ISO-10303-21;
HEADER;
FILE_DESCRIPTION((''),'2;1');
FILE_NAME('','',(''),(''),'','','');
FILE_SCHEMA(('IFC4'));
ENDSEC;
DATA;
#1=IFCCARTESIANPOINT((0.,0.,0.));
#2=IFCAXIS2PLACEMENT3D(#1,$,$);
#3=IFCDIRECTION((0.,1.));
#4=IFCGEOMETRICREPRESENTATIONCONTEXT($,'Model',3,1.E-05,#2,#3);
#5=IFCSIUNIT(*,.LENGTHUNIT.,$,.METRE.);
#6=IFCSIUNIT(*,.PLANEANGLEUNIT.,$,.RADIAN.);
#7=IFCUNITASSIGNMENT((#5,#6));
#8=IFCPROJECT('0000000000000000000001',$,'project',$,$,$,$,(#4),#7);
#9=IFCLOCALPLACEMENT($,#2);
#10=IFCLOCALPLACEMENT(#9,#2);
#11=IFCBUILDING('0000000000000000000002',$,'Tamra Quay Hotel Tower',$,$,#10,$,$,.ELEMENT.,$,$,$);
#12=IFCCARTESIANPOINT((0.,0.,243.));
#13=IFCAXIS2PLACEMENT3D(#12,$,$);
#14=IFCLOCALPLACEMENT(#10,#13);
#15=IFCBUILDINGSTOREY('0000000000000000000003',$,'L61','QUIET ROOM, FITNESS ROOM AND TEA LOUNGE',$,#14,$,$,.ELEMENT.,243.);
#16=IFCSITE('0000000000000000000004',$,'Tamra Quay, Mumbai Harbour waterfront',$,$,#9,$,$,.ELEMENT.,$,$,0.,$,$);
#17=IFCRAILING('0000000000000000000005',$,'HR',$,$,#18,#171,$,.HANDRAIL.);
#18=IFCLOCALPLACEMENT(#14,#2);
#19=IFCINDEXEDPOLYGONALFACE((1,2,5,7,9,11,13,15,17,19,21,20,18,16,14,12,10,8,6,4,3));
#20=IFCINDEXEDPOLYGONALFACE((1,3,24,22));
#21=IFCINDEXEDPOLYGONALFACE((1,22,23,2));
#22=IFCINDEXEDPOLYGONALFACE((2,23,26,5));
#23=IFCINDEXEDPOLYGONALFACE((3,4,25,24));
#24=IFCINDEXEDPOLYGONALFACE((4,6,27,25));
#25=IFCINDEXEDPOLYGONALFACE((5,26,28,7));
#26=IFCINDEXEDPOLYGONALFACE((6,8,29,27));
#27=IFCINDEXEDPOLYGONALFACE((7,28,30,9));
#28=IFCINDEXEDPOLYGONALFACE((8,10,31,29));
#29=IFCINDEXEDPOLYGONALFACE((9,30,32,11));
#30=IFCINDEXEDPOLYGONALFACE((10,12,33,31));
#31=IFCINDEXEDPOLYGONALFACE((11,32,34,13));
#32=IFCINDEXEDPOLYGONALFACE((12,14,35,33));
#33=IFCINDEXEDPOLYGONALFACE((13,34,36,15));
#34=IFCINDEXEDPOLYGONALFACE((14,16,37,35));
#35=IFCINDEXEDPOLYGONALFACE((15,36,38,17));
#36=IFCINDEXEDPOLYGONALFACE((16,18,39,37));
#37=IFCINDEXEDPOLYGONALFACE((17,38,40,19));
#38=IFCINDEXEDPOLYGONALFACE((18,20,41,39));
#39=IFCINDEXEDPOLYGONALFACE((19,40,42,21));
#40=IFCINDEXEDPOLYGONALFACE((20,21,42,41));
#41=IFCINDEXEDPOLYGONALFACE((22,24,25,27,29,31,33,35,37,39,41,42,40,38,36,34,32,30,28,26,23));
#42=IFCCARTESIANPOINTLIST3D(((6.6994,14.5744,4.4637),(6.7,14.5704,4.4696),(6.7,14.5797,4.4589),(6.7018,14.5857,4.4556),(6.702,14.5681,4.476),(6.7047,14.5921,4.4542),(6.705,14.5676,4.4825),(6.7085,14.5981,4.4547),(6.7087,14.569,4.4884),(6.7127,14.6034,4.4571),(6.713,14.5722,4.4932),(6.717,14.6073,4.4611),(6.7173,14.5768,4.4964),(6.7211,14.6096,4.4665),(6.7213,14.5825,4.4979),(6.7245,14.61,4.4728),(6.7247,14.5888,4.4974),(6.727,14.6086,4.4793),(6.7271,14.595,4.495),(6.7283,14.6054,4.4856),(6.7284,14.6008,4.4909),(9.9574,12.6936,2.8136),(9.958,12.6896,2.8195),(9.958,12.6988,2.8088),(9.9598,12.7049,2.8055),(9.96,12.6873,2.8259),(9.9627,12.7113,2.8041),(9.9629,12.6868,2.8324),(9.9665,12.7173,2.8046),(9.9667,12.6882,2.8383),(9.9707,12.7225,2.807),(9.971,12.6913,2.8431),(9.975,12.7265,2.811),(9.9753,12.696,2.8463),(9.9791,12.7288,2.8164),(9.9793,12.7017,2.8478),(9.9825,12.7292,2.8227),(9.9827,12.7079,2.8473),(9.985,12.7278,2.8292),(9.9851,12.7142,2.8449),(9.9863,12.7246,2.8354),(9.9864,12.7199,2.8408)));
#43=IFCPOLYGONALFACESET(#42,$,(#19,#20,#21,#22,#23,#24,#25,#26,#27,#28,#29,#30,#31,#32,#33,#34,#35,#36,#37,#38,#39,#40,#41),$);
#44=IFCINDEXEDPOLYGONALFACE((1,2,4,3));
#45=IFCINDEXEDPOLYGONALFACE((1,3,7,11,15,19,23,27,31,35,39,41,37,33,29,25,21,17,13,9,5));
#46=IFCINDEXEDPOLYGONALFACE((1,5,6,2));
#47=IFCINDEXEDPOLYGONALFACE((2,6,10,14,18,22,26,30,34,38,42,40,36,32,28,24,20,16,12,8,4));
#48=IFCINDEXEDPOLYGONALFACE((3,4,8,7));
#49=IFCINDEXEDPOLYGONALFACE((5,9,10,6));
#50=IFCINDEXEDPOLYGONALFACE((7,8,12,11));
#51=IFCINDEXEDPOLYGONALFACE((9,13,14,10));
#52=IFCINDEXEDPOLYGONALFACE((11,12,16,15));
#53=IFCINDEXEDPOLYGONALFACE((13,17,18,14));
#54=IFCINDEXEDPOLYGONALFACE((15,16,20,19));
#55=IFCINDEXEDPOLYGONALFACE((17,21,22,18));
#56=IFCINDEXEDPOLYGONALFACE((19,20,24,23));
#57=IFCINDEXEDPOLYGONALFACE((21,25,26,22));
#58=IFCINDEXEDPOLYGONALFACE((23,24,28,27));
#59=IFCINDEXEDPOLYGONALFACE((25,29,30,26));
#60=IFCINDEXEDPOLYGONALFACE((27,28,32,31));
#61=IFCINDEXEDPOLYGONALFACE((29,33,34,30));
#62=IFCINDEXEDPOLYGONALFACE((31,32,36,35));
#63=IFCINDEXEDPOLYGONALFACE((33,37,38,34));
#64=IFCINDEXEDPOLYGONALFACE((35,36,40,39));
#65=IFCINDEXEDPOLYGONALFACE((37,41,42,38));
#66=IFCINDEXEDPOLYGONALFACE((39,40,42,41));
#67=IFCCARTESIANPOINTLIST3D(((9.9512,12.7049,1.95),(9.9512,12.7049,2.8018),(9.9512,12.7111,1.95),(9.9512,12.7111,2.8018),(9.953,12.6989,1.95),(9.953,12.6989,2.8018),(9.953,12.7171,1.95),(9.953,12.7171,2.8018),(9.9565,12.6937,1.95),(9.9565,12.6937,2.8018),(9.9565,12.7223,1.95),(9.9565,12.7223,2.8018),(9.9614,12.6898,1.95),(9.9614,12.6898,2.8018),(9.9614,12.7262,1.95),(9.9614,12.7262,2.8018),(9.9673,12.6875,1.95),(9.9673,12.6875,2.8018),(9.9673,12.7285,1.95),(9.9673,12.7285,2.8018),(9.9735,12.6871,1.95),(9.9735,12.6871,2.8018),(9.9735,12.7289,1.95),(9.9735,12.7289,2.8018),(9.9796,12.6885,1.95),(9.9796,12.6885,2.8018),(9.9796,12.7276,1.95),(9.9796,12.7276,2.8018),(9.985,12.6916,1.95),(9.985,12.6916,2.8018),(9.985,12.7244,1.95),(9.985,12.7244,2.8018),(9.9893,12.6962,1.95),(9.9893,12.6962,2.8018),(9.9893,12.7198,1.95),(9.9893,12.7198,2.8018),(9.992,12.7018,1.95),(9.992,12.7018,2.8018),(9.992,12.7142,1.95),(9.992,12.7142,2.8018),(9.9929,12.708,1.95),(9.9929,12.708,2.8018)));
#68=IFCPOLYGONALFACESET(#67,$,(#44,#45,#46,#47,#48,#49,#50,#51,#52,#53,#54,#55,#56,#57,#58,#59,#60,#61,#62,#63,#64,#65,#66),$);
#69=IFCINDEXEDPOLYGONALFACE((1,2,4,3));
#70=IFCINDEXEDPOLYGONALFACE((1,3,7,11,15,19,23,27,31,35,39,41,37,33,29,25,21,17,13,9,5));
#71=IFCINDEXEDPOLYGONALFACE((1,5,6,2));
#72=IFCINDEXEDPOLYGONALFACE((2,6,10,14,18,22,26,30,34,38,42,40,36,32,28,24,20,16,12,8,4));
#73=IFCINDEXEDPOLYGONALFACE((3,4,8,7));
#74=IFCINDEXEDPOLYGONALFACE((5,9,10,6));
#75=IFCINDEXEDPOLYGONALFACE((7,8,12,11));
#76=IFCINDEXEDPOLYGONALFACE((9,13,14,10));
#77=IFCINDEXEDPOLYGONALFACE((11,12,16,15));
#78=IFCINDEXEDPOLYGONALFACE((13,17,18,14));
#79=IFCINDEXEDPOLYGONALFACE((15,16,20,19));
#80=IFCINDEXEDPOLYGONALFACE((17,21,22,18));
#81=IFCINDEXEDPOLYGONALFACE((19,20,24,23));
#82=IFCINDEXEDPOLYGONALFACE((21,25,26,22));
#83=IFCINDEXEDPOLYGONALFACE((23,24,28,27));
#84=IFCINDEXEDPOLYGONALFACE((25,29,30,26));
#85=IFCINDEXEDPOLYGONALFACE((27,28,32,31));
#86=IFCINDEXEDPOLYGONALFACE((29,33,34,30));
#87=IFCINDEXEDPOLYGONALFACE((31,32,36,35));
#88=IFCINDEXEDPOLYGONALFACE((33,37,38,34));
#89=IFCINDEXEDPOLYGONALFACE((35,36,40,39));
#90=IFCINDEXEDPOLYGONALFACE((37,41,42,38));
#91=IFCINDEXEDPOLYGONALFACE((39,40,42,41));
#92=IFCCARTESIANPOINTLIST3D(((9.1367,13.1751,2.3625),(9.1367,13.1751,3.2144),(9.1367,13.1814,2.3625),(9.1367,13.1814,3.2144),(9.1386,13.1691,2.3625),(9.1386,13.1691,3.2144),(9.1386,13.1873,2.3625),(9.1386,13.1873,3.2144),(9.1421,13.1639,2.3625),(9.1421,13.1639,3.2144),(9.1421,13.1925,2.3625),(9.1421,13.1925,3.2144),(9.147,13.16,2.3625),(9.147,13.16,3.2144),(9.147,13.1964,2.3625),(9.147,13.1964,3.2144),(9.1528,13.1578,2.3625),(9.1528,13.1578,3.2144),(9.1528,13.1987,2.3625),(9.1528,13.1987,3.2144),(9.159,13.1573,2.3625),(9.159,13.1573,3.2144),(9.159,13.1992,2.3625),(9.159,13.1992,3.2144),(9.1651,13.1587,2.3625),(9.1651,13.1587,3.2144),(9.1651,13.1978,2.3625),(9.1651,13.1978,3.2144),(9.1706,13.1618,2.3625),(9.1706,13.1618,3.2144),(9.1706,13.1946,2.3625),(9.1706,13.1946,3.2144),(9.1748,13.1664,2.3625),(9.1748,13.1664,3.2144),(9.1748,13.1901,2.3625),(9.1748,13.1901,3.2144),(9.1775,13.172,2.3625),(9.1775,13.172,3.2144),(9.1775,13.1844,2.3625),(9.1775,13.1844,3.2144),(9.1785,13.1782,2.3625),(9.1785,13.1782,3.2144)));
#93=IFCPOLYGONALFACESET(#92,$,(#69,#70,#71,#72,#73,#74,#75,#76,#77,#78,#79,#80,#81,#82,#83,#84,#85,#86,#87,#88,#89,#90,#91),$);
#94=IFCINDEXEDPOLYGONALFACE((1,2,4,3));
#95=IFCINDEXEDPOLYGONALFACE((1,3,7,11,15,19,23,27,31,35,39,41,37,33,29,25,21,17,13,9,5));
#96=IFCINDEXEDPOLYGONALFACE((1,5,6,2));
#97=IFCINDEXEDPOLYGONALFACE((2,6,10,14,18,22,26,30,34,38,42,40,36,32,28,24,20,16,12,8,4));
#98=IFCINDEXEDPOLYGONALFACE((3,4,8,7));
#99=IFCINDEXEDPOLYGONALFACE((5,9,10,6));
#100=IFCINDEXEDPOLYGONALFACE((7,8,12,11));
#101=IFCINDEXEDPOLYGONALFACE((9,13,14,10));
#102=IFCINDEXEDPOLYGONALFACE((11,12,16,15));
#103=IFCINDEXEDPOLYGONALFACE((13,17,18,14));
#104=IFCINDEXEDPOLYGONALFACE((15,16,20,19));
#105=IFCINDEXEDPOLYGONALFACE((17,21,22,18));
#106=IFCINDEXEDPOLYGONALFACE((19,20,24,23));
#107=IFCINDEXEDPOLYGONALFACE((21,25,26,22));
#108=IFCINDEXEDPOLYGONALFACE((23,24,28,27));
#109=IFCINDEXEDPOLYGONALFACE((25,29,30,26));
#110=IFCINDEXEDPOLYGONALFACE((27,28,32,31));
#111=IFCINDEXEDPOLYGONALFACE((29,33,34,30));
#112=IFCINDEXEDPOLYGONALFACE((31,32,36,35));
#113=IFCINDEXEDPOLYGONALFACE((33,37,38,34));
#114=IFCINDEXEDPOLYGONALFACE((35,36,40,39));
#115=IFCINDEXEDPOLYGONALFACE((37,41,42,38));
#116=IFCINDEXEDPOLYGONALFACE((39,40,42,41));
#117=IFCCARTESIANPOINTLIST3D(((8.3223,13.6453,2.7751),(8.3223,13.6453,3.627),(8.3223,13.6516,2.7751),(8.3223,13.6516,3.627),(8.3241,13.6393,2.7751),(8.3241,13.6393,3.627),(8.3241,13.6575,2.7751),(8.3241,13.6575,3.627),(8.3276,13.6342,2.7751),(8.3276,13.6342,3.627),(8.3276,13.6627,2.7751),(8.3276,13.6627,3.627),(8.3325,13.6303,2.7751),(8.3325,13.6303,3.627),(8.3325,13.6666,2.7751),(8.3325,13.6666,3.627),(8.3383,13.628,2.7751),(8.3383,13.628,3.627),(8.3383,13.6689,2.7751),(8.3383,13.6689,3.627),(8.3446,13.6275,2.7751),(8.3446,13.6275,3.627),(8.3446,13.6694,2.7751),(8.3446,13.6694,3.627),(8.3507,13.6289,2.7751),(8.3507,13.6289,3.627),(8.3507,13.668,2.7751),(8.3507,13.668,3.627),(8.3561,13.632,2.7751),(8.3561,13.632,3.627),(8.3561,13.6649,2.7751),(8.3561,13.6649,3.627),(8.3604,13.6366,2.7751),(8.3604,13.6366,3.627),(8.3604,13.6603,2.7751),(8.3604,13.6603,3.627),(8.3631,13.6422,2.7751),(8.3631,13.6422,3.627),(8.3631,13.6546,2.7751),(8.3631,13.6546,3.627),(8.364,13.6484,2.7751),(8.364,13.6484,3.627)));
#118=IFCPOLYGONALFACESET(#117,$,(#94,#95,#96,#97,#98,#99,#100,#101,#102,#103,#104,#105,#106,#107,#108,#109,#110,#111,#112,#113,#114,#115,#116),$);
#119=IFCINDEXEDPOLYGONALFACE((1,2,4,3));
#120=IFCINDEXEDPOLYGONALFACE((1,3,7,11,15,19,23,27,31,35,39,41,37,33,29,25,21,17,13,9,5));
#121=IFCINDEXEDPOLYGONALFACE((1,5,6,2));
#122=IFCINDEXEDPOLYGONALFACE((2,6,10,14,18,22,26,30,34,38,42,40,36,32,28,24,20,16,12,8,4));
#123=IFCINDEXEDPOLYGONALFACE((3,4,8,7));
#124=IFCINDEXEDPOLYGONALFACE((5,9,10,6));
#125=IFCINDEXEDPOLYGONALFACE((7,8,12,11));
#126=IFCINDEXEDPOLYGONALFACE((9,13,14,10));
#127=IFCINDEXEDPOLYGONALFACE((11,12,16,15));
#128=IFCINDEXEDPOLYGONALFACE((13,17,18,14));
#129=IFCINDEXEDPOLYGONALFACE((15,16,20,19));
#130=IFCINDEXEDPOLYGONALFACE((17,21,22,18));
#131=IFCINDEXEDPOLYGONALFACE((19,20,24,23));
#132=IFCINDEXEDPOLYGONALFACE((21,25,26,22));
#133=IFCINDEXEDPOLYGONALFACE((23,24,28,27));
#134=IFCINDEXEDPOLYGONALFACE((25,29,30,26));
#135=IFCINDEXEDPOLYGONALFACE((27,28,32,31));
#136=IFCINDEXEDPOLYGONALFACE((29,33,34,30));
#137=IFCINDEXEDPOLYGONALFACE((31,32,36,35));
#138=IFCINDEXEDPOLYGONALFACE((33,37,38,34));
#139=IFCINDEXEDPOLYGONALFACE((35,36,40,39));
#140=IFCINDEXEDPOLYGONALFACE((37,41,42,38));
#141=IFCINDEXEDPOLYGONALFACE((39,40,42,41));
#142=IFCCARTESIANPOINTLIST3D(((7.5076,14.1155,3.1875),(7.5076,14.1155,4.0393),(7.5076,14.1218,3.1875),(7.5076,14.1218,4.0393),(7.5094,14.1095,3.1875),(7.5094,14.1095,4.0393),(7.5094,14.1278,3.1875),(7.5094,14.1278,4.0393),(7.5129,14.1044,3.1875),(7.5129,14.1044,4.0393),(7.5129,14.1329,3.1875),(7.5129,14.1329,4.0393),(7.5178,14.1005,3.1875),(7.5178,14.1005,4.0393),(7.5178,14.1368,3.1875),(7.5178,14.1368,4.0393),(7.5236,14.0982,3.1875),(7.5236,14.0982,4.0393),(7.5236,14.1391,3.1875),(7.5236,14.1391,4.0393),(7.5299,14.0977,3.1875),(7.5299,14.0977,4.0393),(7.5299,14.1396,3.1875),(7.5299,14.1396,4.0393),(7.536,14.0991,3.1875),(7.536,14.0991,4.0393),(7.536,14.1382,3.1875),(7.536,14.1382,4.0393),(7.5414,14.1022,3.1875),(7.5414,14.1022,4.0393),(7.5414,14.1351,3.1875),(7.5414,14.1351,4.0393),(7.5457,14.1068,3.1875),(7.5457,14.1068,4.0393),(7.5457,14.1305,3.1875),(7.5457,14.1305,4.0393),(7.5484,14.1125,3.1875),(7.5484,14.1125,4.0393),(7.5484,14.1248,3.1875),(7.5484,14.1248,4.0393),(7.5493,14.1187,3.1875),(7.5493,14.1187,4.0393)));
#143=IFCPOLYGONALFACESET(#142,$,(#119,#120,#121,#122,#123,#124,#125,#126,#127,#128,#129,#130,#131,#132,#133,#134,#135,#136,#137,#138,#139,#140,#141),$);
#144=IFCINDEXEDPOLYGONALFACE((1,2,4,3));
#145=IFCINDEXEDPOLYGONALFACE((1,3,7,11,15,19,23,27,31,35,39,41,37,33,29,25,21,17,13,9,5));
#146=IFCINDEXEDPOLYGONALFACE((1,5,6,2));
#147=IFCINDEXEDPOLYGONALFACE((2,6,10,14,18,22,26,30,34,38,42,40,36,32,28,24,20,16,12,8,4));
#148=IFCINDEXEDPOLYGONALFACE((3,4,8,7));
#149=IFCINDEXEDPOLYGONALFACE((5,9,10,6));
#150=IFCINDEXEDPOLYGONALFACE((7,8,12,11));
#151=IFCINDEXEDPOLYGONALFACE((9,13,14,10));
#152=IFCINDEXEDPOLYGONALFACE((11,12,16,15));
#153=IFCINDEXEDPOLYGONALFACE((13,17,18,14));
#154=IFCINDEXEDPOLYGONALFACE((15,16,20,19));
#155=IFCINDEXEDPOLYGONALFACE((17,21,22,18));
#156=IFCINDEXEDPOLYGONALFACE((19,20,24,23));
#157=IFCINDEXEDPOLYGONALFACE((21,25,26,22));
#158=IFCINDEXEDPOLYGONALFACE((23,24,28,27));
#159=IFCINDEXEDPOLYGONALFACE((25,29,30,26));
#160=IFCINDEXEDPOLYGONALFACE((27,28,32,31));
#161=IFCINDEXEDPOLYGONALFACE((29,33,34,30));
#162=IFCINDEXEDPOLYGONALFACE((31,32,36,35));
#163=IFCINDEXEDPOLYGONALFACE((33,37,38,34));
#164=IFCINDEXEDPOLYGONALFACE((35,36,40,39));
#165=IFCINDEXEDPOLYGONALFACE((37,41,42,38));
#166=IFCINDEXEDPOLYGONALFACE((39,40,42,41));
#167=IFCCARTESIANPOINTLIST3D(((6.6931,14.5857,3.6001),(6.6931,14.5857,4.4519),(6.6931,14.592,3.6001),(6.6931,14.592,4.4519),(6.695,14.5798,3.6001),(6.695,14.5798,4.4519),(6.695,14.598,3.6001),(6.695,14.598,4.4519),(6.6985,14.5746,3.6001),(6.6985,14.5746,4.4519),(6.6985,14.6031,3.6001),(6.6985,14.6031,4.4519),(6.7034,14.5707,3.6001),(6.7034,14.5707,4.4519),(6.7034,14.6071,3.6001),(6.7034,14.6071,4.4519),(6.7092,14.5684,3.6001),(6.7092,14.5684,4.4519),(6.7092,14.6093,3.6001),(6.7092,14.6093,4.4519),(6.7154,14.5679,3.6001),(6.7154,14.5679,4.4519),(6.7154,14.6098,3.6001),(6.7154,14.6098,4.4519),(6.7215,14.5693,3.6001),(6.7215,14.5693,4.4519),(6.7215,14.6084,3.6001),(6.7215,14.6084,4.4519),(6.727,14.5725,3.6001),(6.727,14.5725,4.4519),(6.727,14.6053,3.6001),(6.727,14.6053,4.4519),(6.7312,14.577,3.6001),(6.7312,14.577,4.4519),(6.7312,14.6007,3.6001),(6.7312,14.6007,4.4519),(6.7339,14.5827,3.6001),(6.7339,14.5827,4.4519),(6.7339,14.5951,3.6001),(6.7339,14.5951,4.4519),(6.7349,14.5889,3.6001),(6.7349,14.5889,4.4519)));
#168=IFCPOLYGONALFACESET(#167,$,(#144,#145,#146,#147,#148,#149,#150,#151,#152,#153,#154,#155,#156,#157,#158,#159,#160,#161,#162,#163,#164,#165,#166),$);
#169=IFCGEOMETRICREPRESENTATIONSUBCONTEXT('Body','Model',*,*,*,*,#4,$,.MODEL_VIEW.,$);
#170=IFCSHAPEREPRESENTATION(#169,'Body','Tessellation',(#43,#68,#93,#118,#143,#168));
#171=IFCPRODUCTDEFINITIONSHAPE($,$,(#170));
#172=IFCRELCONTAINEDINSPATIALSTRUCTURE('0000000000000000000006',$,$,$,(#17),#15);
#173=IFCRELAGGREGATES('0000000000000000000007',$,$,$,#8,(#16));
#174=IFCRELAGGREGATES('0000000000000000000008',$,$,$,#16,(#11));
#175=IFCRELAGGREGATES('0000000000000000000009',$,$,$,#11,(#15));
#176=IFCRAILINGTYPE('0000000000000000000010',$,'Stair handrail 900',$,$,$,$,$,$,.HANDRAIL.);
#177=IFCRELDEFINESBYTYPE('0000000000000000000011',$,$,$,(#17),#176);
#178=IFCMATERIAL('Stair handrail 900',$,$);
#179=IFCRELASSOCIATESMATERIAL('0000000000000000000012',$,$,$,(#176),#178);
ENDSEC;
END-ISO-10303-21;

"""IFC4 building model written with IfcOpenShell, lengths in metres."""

from ifc_helpers import new_model, si_unit, direction, frame, origin, origin_2d, place, context, subcontext, project, spatial, circle, extrude, material, type_object, element, save


model = new_model("IFC4")

# Units and contexts
model_context = context("Model", 3, precision=1e-05, world=origin(), true_north=direction((0.0, 1.0)))
body_context = subcontext(model_context, "Body", "Model", "MODEL_VIEW")
ifc_project = project(units=[si_unit("LENGTHUNIT", "METRE"), si_unit("PLANEANGLEUNIT", "RADIAN")], contexts=[model_context])

# Site, building, storey
site_placement = place(None, origin())
site = spatial("IfcSite", under=ifc_project, at=site_placement, Name="Tamra Quay, Mumbai Harbour waterfront", CompositionType="ELEMENT", RefElevation=0.0)
building_placement = place(site_placement, origin())
building = spatial("IfcBuilding", under=site, at=building_placement, Name="Tamra Quay Hotel Tower", CompositionType="ELEMENT")
storey_placement = place(building_placement, frame((0.0, 0.0, 243.0)))
storey = spatial("IfcBuildingStorey", under=building, at=storey_placement, Name="L61", Description="QUIET ROOM, FITNESS ROOM AND TEA LOUNGE", CompositionType="ELEMENT", Elevation=243.0)

# Railing
ifc_material_1 = material(Name="Stair handrail 900")
railing_type_1 = type_object("IfcRailingType", Name="Stair handrail 900", PredefinedType="HANDRAIL", material=ifc_material_1)
railing_1_placement = place(storey_placement, frame((9.9719, 12.708, 1.95)))
element("IfcRailing", 1, at=railing_1_placement, inside=storey, type_object=railing_type_1, Name="HR", PredefinedType="HANDRAIL", context=body_context, shape_type="SweptSolid", body=[
    extrude(circle(Radius=0.0239, at=origin_2d()), frame((0.0, 0.0, 0.876), z_axis=(-0.793103, 0.457854, 0.401692), x_axis=(-0.499964, -0.866046, 0.0)), (0.0, 0.0, 1.0), 4.1079),
    extrude(circle(Radius=0.021, at=origin_2d()), origin(), (0.0, 0.0, 1.0), 0.8518),
    extrude(circle(Radius=0.021, at=origin_2d()), frame((-0.8145, 0.4702, 0.4126)), (0.0, 0.0, 1.0), 0.8518),
    extrude(circle(Radius=0.021, at=origin_2d()), frame((-1.6289, 0.9404, 0.8252)), (0.0, 0.0, 1.0), 0.8518),
    extrude(circle(Radius=0.021, at=origin_2d()), frame((-2.4436, 1.4106, 1.2375)), (0.0, 0.0, 1.0), 0.8518),
    extrude(circle(Radius=0.021, at=origin_2d()), frame((-3.2581, 1.8809, 1.6501)), (0.0, 0.0, 1.0), 0.8518),
])

save(model, "model.ifc")
